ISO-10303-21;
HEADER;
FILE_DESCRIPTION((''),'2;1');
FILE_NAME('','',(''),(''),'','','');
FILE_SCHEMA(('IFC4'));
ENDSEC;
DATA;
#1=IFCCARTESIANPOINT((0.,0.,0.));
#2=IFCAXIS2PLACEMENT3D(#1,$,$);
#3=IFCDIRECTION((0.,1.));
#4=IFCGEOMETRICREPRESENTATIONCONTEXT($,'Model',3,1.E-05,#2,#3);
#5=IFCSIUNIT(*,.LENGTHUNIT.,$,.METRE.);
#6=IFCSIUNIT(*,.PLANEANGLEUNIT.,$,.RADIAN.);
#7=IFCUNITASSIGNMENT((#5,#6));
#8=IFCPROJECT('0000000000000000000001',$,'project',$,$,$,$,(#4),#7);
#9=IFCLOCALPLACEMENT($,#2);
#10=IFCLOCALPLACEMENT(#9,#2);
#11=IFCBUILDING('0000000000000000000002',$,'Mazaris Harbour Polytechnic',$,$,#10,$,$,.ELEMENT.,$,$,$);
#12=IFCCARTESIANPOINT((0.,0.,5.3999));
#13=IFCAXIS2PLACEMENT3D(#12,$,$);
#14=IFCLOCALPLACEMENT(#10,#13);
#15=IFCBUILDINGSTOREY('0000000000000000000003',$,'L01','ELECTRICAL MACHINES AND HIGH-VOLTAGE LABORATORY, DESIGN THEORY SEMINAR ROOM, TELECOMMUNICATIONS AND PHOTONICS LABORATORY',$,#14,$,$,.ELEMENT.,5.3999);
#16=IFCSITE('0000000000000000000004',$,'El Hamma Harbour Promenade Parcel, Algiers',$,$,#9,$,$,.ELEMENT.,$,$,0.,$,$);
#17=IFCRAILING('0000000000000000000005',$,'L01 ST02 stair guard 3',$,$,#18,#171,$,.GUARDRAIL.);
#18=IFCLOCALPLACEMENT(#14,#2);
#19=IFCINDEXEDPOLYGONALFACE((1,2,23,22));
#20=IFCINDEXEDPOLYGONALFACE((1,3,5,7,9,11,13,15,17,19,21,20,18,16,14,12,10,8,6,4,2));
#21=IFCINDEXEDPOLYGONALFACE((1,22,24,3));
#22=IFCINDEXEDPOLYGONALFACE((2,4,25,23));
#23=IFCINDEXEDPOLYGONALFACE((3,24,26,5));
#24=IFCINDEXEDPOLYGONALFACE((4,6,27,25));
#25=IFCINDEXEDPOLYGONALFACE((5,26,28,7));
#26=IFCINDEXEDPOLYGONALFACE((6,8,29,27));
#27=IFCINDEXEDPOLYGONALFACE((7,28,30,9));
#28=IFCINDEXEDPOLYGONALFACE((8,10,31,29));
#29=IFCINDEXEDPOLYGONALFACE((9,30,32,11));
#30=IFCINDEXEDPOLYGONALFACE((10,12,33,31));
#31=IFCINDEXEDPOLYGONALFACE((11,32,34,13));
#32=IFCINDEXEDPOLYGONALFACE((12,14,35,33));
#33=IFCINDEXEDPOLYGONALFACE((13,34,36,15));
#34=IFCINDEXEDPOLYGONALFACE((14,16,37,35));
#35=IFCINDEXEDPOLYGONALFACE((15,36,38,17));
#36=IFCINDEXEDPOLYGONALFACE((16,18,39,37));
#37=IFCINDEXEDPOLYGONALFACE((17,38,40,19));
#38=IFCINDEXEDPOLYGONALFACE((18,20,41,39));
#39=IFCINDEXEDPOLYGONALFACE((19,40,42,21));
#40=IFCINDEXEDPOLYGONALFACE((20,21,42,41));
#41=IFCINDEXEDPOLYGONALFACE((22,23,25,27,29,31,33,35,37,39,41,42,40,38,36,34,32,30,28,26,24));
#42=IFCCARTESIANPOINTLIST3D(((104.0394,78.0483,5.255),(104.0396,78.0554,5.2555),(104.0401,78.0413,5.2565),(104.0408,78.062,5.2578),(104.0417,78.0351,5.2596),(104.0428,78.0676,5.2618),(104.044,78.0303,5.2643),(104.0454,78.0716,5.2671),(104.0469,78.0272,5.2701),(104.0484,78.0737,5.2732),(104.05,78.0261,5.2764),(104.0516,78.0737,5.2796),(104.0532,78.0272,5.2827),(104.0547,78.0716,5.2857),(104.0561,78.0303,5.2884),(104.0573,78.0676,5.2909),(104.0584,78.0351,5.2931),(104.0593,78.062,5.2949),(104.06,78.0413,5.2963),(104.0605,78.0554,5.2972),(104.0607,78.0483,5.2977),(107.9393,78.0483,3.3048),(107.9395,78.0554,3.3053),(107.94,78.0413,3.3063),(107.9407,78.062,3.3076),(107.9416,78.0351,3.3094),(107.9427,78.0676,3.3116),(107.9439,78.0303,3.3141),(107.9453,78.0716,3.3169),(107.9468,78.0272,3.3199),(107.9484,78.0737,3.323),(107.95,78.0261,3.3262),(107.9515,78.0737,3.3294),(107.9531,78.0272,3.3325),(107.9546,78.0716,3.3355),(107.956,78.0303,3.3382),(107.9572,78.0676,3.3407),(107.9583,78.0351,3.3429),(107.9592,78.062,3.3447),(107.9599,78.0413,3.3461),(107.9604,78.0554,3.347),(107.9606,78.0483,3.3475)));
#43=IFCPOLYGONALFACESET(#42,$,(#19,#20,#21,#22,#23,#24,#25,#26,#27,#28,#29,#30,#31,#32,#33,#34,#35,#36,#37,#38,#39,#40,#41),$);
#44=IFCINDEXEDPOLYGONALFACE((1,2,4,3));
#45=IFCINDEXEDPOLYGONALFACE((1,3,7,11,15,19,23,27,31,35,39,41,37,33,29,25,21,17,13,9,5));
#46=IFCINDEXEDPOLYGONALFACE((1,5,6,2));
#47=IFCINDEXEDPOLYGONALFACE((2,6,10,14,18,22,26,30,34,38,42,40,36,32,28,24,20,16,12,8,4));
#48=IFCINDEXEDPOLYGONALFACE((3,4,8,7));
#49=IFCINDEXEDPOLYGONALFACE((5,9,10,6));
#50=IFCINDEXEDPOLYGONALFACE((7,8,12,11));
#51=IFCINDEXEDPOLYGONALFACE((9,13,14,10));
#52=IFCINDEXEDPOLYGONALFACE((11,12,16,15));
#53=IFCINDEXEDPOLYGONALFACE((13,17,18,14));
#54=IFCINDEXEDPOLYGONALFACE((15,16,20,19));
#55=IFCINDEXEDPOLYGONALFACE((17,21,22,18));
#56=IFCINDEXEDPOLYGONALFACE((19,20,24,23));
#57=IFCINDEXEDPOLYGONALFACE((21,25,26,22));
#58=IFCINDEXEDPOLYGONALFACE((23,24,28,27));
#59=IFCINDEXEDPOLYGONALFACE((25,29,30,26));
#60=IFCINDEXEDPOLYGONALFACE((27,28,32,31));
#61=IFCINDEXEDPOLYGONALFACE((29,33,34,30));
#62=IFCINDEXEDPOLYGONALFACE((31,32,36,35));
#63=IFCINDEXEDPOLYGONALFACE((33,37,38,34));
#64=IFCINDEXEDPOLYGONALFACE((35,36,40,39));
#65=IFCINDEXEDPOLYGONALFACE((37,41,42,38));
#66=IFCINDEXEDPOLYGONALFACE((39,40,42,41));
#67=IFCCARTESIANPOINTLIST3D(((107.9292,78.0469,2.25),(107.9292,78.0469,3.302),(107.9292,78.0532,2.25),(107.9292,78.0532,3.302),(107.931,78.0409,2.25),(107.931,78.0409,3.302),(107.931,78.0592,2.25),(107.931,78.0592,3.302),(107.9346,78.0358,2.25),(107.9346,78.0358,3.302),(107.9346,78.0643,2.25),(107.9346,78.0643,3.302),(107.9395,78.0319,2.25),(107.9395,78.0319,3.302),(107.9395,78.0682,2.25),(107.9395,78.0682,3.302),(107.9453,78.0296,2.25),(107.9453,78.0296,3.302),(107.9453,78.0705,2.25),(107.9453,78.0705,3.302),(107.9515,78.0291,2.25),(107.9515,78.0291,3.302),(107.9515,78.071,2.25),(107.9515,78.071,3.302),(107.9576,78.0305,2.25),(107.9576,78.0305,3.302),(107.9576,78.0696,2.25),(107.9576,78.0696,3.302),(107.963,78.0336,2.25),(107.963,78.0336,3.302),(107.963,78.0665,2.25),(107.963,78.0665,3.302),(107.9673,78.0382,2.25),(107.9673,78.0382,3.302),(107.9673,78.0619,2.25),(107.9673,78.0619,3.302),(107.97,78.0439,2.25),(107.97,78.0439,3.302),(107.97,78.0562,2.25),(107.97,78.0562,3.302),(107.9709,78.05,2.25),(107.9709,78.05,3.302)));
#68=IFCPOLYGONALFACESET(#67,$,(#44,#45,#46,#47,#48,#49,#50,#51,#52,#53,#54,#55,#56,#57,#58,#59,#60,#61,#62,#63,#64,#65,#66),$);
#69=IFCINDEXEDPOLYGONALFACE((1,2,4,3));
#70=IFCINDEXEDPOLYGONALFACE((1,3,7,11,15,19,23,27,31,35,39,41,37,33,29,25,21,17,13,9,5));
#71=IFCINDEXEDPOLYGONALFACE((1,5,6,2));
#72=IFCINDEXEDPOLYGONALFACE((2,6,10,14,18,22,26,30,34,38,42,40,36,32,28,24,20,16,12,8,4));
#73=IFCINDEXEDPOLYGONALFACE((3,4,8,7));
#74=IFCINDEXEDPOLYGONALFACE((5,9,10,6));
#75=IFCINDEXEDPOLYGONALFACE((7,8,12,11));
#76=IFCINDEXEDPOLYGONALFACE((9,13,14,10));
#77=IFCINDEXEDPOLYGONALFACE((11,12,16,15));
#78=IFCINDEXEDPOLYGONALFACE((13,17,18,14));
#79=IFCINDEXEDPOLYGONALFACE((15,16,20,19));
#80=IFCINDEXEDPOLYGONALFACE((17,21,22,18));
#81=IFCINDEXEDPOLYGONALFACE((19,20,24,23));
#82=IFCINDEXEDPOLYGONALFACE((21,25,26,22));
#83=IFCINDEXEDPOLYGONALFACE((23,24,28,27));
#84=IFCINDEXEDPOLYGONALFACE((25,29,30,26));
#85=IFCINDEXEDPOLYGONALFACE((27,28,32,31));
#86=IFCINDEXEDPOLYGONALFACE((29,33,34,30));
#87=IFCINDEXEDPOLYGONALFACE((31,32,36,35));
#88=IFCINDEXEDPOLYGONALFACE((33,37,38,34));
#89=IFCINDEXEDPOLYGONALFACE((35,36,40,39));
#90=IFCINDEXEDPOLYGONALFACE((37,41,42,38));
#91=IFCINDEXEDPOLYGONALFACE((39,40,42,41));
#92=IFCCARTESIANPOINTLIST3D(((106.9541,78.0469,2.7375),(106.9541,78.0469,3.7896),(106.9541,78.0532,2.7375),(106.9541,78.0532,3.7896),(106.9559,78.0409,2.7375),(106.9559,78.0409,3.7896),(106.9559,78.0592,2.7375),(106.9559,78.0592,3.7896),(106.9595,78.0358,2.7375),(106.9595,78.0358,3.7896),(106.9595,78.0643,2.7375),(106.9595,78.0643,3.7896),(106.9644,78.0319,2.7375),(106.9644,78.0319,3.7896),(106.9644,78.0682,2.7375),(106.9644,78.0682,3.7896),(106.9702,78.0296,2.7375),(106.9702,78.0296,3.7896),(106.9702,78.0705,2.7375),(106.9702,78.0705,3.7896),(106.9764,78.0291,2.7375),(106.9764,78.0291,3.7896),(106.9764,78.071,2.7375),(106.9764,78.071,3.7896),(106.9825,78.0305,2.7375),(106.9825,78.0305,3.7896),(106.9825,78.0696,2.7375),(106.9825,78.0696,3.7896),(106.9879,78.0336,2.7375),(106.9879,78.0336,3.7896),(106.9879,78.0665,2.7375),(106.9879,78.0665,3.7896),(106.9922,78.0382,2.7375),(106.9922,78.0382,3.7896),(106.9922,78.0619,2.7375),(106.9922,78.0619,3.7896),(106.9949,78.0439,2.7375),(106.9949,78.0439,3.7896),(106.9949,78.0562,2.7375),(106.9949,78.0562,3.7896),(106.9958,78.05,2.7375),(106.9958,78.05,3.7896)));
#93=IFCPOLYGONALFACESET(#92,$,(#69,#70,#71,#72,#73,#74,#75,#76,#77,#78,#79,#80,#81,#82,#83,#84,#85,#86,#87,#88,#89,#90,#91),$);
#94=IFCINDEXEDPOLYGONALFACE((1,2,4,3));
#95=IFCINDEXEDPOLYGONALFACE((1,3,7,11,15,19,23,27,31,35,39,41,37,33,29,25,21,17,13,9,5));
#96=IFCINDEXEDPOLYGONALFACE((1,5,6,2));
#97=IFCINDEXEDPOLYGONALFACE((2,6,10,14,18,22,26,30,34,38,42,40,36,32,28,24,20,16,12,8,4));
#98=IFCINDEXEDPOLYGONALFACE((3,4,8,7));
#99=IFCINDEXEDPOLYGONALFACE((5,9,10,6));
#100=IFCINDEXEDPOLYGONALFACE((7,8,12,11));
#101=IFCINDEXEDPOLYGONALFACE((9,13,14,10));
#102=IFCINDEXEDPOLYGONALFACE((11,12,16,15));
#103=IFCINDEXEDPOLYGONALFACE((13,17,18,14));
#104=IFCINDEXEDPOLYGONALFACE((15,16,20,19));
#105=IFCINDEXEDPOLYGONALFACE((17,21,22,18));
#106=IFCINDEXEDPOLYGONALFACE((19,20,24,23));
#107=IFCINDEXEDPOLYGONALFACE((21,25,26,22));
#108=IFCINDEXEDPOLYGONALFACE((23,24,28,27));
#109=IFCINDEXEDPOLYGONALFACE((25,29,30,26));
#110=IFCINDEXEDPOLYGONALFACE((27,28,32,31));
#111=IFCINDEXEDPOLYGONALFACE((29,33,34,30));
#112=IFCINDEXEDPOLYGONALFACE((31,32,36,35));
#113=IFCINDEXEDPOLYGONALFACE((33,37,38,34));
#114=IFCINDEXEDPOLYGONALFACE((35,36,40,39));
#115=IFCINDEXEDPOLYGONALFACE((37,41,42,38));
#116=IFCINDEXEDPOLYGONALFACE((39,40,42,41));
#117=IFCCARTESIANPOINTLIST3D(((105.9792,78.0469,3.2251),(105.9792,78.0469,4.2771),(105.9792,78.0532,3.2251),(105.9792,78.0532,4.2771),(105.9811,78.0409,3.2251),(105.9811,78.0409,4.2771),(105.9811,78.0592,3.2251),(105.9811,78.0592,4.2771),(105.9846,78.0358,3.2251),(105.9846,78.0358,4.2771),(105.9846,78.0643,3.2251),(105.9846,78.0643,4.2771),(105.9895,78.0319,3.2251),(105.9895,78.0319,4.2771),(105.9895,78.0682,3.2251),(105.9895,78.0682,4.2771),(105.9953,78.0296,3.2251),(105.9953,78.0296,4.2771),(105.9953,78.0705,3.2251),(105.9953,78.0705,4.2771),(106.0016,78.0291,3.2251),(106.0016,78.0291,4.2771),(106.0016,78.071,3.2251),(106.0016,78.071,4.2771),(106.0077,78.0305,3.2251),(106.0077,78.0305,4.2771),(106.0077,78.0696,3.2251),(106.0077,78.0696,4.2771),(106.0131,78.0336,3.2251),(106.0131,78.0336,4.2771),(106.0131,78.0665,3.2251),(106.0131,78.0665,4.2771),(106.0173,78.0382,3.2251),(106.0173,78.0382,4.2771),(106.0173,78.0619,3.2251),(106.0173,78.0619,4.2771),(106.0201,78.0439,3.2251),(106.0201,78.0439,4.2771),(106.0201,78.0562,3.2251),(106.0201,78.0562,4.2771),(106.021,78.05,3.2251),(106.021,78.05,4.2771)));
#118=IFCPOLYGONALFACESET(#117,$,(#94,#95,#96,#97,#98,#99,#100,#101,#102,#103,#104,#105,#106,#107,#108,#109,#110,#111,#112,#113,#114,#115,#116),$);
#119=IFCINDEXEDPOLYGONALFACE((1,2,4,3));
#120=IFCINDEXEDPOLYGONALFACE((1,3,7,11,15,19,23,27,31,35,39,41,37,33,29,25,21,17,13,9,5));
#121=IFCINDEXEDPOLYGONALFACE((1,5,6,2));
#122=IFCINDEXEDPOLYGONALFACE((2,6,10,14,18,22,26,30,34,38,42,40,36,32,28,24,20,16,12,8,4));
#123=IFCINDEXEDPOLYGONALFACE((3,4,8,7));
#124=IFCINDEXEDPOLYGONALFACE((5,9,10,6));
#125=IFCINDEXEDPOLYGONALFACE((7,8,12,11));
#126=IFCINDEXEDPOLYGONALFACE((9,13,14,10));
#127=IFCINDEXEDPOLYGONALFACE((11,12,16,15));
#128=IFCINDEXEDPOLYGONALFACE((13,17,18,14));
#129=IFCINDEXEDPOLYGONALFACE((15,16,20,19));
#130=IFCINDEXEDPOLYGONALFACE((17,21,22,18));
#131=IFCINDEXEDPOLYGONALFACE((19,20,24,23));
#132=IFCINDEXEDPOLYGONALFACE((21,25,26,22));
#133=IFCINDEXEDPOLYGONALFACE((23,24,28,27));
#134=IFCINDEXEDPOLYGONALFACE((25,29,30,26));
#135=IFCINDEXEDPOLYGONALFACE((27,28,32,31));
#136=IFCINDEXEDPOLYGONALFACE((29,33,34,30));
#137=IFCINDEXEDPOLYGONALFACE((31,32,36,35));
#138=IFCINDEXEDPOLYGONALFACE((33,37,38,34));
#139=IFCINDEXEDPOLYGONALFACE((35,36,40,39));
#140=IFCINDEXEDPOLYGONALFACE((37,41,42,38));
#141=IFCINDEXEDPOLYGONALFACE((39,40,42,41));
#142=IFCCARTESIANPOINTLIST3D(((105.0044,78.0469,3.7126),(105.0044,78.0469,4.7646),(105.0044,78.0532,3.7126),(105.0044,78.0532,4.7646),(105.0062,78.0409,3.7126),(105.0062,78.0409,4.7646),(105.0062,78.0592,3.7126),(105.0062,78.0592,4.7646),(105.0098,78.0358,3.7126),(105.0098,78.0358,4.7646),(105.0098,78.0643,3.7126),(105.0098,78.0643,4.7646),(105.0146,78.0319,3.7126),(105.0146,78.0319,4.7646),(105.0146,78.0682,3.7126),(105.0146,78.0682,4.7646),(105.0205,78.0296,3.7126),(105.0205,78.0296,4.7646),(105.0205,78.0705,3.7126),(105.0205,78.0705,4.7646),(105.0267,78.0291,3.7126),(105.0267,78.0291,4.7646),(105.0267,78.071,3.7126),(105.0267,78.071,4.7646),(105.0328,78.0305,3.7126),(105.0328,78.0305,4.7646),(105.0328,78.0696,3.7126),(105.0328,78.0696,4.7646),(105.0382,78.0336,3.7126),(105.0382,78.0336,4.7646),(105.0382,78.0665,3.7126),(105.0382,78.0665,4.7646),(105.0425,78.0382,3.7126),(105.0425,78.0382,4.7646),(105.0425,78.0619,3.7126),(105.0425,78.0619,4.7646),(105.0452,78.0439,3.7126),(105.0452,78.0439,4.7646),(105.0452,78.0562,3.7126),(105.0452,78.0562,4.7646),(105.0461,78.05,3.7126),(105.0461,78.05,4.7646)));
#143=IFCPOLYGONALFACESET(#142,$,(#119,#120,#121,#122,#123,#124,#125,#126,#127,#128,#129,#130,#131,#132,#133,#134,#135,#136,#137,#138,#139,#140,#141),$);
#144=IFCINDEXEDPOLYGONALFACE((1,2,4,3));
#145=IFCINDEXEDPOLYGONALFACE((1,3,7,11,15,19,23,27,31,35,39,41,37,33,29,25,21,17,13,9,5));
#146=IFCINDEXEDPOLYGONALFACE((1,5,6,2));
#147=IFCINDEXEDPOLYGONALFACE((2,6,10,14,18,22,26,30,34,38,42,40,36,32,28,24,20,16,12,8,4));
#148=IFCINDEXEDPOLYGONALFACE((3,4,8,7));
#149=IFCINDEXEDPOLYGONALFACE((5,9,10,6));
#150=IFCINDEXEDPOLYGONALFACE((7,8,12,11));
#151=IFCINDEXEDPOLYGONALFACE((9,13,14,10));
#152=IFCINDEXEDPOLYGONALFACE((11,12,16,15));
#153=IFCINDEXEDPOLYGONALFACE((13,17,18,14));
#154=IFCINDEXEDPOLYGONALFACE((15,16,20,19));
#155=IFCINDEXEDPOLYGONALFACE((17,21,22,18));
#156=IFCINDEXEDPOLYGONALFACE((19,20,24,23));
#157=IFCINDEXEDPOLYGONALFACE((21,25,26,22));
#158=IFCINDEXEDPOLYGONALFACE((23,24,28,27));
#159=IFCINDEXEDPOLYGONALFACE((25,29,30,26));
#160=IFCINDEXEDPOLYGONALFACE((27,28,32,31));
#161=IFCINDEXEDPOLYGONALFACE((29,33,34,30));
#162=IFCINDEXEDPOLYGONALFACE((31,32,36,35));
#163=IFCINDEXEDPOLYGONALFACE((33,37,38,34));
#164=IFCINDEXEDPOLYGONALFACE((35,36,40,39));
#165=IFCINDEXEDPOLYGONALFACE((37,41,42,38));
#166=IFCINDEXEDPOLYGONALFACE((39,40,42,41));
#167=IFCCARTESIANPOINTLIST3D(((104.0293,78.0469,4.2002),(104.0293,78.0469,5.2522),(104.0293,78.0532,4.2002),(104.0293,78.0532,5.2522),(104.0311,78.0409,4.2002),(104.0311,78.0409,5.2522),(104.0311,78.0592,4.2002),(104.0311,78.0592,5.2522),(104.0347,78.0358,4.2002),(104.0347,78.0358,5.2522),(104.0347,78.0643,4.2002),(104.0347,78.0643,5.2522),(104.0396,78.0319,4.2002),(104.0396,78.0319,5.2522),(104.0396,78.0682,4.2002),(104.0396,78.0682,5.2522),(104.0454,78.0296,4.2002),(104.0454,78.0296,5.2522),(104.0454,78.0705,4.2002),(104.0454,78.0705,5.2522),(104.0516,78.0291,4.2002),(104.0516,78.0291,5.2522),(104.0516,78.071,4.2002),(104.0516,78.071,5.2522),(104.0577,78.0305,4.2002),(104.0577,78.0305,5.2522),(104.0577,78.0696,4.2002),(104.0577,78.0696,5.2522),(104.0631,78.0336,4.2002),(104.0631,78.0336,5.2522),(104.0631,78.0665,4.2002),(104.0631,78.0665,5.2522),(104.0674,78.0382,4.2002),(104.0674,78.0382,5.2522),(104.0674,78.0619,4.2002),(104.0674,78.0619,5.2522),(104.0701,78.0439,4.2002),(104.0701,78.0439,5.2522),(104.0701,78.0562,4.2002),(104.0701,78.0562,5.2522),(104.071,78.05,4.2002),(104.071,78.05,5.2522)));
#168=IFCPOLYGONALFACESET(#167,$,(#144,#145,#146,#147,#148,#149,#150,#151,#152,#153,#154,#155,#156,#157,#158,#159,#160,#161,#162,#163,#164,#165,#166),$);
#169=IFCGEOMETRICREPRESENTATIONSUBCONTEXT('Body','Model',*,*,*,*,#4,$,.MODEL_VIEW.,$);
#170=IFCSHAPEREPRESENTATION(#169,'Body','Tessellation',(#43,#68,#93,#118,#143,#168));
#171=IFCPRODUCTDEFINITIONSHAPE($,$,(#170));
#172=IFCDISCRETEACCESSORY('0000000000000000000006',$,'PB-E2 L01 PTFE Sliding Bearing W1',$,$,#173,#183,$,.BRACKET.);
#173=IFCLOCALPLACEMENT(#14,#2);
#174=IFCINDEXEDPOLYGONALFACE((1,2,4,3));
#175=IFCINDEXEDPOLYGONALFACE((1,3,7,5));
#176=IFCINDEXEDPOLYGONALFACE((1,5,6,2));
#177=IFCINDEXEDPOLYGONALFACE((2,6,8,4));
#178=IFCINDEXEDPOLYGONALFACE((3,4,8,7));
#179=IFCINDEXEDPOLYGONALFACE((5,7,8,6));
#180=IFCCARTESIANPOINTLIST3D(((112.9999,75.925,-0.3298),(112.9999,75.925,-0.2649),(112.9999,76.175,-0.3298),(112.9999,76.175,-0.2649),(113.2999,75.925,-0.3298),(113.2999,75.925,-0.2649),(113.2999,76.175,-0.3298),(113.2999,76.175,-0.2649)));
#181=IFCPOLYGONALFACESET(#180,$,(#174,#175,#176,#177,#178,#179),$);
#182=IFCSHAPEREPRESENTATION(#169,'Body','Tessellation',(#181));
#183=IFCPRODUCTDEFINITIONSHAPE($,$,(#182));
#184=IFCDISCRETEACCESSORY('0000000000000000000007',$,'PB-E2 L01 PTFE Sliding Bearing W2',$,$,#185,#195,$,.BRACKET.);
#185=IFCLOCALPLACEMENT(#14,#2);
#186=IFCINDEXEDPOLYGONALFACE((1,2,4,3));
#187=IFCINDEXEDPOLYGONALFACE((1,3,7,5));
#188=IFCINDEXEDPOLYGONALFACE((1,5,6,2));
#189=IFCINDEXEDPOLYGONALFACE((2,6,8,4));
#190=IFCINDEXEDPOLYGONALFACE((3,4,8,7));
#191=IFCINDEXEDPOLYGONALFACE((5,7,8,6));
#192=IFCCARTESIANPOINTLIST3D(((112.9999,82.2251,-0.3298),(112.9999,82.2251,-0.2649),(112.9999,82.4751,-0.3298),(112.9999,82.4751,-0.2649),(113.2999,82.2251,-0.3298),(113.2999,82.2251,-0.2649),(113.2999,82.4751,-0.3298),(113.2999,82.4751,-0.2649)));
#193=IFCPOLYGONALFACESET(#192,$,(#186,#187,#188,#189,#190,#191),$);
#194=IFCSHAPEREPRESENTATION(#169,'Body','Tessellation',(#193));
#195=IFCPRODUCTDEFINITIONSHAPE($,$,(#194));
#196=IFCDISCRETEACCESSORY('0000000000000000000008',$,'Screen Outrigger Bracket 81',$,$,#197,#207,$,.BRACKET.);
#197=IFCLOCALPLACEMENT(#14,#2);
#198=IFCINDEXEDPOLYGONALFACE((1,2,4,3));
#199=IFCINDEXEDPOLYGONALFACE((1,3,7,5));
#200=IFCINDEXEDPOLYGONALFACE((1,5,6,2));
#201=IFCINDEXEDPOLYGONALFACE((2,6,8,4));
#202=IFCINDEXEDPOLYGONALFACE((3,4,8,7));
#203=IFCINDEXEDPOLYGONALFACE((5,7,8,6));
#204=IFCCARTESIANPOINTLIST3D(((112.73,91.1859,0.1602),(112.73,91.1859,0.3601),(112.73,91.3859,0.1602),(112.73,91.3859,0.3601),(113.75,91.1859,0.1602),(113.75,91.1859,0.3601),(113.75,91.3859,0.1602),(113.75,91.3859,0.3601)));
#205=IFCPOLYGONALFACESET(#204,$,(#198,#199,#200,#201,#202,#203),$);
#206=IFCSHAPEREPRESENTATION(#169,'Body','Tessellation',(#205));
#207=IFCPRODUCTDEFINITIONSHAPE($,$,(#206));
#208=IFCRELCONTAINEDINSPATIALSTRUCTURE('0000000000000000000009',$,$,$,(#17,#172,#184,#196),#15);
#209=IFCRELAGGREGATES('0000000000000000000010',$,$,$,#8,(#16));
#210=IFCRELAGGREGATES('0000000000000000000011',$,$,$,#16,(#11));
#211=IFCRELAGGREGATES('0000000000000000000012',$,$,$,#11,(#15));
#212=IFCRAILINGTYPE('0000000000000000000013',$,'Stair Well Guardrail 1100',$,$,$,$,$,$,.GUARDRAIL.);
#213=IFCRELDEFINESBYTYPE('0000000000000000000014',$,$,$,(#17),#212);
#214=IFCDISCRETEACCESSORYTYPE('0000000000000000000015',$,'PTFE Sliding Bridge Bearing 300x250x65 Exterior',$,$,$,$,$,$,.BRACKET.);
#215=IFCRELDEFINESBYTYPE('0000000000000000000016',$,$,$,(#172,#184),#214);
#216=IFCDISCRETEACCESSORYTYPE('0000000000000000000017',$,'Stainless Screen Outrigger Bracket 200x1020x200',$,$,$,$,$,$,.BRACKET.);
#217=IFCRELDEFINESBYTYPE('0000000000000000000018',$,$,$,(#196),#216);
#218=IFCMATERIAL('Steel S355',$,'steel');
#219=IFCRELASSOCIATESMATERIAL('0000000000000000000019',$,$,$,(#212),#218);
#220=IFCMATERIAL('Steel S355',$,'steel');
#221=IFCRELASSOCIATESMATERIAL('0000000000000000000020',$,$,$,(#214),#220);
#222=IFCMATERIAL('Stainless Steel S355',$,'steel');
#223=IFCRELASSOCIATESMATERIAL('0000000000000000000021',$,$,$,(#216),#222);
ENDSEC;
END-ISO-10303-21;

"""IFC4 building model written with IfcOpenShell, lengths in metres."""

from ifc_helpers import new_model, si_unit, direction, frame, origin, origin_2d, place, context, subcontext, project, spatial, rectangle, circle, extrude, material, type_object, element, save


model = new_model("IFC4")

# Units and contexts
model_context = context("Model", 3, precision=1e-05, world=origin(), true_north=direction((0.0, 1.0)))
body_context = subcontext(model_context, "Body", "Model", "MODEL_VIEW")
ifc_project = project(units=[si_unit("LENGTHUNIT", "METRE"), si_unit("PLANEANGLEUNIT", "RADIAN")], contexts=[model_context])

# Site, building, storey
site_placement = place(None, origin())
site = spatial("IfcSite", under=ifc_project, at=site_placement, Name="El Hamma Harbour Promenade Parcel, Algiers", CompositionType="ELEMENT", RefElevation=0.0)
building_placement = place(site_placement, origin())
building = spatial("IfcBuilding", under=site, at=building_placement, Name="Mazaris Harbour Polytechnic", CompositionType="ELEMENT")
storey_placement = place(building_placement, frame((0.0, 0.0, 5.3999)))
storey = spatial("IfcBuildingStorey", under=building, at=storey_placement, Name="L01", Description="ELECTRICAL MACHINES AND HIGH-VOLTAGE LABORATORY, DESIGN THEORY SEMINAR ROOM, TELECOMMUNICATIONS AND PHOTONICS LABORATORY", CompositionType="ELEMENT", Elevation=5.3999)

# Railing
ifc_material_1 = material(Name="Steel S355", Category="steel")
railing_type_1 = type_object("IfcRailingType", Name="Stair Well Guardrail 1100", PredefinedType="GUARDRAIL", material=ifc_material_1)
railing_1_placement = place(storey_placement, frame((107.95, 78.05, 2.25)))
element("IfcRailing", 1, at=railing_1_placement, inside=storey, type_object=railing_type_1, Name="L01 ST02 stair guard 3", PredefinedType="GUARDRAIL", context=body_context, shape_type="SweptSolid", body=[
    extrude(circle(Radius=0.0239, at=origin_2d()), frame((0.0, 0.0, 1.0762), z_axis=(-0.894405, 0.0, 0.447258), x_axis=(0.0, -1.0, 0.0)), (0.0, 0.0, 1.0), 4.3604),
    extrude(circle(Radius=0.021, at=origin_2d()), origin(), (0.0, 0.0, 1.0), 1.052),
    extrude(circle(Radius=0.021, at=origin_2d()), frame((-0.9751, 0.0, 0.4875)), (0.0, 0.0, 1.0), 1.052),
    extrude(circle(Radius=0.021, at=origin_2d()), frame((-1.95, 0.0, 0.9751)), (0.0, 0.0, 1.0), 1.052),
    extrude(circle(Radius=0.021, at=origin_2d()), frame((-2.9248, 0.0, 1.4626)), (0.0, 0.0, 1.0), 1.052),
    extrude(circle(Radius=0.021, at=origin_2d()), frame((-3.8999, 0.0, 1.9502)), (0.0, 0.0, 1.0), 1.052),
])

# Discrete accessories
ifc_material_2 = material(Name="Steel S355", Category="steel")
discrete_accessory_type_1 = type_object("IfcDiscreteAccessoryType", Name="PTFE Sliding Bridge Bearing 300x250x65 Exterior", PredefinedType="BRACKET", material=ifc_material_2)
for number, where, z_axis, x_axis, name in (
    (2, (113.1499, 76.05, -0.3298), (0.0, 0.0, 1.0), (1.0, 0.0, 0.0), "PB-E2 L01 PTFE Sliding Bearing W1"),
    (3, (113.1499, 82.3501, -0.3298), (0.0, 0.0, 1.0), (1.0, 0.0, 0.0), "PB-E2 L01 PTFE Sliding Bearing W2"),
):
    element("IfcDiscreteAccessory", number, at=place(storey_placement, frame(where, z_axis=z_axis, x_axis=x_axis)), inside=storey, type_object=discrete_accessory_type_1, Name=name, PredefinedType="BRACKET", context=body_context, shape_type="SweptSolid", body=[
        extrude(rectangle(XDim=0.3, YDim=0.25, at=origin_2d()), origin(), (0.0, 0.0, 1.0), 0.0649),
    ])
ifc_material_3 = material(Name="Stainless Steel S355", Category="steel")
discrete_accessory_type_2 = type_object("IfcDiscreteAccessoryType", Name="Stainless Screen Outrigger Bracket 200x1020x200", PredefinedType="BRACKET", material=ifc_material_3)
for number, where, z_axis, x_axis, name in (
    (4, (113.24, 91.2859, 0.1602), (0.0, 0.0, 1.0), (0.0, -1.0, 0.0), "Screen Outrigger Bracket 81"),
):
    element("IfcDiscreteAccessory", number, at=place(storey_placement, frame(where, z_axis=z_axis, x_axis=x_axis)), inside=storey, type_object=discrete_accessory_type_2, Name=name, PredefinedType="BRACKET", context=body_context, shape_type="SweptSolid", body=[
        extrude(rectangle(XDim=0.2, YDim=1.02, at=origin_2d()), origin(), (0.0, 0.0, 1.0), 0.2),
    ])

save(model, "model.ifc")
